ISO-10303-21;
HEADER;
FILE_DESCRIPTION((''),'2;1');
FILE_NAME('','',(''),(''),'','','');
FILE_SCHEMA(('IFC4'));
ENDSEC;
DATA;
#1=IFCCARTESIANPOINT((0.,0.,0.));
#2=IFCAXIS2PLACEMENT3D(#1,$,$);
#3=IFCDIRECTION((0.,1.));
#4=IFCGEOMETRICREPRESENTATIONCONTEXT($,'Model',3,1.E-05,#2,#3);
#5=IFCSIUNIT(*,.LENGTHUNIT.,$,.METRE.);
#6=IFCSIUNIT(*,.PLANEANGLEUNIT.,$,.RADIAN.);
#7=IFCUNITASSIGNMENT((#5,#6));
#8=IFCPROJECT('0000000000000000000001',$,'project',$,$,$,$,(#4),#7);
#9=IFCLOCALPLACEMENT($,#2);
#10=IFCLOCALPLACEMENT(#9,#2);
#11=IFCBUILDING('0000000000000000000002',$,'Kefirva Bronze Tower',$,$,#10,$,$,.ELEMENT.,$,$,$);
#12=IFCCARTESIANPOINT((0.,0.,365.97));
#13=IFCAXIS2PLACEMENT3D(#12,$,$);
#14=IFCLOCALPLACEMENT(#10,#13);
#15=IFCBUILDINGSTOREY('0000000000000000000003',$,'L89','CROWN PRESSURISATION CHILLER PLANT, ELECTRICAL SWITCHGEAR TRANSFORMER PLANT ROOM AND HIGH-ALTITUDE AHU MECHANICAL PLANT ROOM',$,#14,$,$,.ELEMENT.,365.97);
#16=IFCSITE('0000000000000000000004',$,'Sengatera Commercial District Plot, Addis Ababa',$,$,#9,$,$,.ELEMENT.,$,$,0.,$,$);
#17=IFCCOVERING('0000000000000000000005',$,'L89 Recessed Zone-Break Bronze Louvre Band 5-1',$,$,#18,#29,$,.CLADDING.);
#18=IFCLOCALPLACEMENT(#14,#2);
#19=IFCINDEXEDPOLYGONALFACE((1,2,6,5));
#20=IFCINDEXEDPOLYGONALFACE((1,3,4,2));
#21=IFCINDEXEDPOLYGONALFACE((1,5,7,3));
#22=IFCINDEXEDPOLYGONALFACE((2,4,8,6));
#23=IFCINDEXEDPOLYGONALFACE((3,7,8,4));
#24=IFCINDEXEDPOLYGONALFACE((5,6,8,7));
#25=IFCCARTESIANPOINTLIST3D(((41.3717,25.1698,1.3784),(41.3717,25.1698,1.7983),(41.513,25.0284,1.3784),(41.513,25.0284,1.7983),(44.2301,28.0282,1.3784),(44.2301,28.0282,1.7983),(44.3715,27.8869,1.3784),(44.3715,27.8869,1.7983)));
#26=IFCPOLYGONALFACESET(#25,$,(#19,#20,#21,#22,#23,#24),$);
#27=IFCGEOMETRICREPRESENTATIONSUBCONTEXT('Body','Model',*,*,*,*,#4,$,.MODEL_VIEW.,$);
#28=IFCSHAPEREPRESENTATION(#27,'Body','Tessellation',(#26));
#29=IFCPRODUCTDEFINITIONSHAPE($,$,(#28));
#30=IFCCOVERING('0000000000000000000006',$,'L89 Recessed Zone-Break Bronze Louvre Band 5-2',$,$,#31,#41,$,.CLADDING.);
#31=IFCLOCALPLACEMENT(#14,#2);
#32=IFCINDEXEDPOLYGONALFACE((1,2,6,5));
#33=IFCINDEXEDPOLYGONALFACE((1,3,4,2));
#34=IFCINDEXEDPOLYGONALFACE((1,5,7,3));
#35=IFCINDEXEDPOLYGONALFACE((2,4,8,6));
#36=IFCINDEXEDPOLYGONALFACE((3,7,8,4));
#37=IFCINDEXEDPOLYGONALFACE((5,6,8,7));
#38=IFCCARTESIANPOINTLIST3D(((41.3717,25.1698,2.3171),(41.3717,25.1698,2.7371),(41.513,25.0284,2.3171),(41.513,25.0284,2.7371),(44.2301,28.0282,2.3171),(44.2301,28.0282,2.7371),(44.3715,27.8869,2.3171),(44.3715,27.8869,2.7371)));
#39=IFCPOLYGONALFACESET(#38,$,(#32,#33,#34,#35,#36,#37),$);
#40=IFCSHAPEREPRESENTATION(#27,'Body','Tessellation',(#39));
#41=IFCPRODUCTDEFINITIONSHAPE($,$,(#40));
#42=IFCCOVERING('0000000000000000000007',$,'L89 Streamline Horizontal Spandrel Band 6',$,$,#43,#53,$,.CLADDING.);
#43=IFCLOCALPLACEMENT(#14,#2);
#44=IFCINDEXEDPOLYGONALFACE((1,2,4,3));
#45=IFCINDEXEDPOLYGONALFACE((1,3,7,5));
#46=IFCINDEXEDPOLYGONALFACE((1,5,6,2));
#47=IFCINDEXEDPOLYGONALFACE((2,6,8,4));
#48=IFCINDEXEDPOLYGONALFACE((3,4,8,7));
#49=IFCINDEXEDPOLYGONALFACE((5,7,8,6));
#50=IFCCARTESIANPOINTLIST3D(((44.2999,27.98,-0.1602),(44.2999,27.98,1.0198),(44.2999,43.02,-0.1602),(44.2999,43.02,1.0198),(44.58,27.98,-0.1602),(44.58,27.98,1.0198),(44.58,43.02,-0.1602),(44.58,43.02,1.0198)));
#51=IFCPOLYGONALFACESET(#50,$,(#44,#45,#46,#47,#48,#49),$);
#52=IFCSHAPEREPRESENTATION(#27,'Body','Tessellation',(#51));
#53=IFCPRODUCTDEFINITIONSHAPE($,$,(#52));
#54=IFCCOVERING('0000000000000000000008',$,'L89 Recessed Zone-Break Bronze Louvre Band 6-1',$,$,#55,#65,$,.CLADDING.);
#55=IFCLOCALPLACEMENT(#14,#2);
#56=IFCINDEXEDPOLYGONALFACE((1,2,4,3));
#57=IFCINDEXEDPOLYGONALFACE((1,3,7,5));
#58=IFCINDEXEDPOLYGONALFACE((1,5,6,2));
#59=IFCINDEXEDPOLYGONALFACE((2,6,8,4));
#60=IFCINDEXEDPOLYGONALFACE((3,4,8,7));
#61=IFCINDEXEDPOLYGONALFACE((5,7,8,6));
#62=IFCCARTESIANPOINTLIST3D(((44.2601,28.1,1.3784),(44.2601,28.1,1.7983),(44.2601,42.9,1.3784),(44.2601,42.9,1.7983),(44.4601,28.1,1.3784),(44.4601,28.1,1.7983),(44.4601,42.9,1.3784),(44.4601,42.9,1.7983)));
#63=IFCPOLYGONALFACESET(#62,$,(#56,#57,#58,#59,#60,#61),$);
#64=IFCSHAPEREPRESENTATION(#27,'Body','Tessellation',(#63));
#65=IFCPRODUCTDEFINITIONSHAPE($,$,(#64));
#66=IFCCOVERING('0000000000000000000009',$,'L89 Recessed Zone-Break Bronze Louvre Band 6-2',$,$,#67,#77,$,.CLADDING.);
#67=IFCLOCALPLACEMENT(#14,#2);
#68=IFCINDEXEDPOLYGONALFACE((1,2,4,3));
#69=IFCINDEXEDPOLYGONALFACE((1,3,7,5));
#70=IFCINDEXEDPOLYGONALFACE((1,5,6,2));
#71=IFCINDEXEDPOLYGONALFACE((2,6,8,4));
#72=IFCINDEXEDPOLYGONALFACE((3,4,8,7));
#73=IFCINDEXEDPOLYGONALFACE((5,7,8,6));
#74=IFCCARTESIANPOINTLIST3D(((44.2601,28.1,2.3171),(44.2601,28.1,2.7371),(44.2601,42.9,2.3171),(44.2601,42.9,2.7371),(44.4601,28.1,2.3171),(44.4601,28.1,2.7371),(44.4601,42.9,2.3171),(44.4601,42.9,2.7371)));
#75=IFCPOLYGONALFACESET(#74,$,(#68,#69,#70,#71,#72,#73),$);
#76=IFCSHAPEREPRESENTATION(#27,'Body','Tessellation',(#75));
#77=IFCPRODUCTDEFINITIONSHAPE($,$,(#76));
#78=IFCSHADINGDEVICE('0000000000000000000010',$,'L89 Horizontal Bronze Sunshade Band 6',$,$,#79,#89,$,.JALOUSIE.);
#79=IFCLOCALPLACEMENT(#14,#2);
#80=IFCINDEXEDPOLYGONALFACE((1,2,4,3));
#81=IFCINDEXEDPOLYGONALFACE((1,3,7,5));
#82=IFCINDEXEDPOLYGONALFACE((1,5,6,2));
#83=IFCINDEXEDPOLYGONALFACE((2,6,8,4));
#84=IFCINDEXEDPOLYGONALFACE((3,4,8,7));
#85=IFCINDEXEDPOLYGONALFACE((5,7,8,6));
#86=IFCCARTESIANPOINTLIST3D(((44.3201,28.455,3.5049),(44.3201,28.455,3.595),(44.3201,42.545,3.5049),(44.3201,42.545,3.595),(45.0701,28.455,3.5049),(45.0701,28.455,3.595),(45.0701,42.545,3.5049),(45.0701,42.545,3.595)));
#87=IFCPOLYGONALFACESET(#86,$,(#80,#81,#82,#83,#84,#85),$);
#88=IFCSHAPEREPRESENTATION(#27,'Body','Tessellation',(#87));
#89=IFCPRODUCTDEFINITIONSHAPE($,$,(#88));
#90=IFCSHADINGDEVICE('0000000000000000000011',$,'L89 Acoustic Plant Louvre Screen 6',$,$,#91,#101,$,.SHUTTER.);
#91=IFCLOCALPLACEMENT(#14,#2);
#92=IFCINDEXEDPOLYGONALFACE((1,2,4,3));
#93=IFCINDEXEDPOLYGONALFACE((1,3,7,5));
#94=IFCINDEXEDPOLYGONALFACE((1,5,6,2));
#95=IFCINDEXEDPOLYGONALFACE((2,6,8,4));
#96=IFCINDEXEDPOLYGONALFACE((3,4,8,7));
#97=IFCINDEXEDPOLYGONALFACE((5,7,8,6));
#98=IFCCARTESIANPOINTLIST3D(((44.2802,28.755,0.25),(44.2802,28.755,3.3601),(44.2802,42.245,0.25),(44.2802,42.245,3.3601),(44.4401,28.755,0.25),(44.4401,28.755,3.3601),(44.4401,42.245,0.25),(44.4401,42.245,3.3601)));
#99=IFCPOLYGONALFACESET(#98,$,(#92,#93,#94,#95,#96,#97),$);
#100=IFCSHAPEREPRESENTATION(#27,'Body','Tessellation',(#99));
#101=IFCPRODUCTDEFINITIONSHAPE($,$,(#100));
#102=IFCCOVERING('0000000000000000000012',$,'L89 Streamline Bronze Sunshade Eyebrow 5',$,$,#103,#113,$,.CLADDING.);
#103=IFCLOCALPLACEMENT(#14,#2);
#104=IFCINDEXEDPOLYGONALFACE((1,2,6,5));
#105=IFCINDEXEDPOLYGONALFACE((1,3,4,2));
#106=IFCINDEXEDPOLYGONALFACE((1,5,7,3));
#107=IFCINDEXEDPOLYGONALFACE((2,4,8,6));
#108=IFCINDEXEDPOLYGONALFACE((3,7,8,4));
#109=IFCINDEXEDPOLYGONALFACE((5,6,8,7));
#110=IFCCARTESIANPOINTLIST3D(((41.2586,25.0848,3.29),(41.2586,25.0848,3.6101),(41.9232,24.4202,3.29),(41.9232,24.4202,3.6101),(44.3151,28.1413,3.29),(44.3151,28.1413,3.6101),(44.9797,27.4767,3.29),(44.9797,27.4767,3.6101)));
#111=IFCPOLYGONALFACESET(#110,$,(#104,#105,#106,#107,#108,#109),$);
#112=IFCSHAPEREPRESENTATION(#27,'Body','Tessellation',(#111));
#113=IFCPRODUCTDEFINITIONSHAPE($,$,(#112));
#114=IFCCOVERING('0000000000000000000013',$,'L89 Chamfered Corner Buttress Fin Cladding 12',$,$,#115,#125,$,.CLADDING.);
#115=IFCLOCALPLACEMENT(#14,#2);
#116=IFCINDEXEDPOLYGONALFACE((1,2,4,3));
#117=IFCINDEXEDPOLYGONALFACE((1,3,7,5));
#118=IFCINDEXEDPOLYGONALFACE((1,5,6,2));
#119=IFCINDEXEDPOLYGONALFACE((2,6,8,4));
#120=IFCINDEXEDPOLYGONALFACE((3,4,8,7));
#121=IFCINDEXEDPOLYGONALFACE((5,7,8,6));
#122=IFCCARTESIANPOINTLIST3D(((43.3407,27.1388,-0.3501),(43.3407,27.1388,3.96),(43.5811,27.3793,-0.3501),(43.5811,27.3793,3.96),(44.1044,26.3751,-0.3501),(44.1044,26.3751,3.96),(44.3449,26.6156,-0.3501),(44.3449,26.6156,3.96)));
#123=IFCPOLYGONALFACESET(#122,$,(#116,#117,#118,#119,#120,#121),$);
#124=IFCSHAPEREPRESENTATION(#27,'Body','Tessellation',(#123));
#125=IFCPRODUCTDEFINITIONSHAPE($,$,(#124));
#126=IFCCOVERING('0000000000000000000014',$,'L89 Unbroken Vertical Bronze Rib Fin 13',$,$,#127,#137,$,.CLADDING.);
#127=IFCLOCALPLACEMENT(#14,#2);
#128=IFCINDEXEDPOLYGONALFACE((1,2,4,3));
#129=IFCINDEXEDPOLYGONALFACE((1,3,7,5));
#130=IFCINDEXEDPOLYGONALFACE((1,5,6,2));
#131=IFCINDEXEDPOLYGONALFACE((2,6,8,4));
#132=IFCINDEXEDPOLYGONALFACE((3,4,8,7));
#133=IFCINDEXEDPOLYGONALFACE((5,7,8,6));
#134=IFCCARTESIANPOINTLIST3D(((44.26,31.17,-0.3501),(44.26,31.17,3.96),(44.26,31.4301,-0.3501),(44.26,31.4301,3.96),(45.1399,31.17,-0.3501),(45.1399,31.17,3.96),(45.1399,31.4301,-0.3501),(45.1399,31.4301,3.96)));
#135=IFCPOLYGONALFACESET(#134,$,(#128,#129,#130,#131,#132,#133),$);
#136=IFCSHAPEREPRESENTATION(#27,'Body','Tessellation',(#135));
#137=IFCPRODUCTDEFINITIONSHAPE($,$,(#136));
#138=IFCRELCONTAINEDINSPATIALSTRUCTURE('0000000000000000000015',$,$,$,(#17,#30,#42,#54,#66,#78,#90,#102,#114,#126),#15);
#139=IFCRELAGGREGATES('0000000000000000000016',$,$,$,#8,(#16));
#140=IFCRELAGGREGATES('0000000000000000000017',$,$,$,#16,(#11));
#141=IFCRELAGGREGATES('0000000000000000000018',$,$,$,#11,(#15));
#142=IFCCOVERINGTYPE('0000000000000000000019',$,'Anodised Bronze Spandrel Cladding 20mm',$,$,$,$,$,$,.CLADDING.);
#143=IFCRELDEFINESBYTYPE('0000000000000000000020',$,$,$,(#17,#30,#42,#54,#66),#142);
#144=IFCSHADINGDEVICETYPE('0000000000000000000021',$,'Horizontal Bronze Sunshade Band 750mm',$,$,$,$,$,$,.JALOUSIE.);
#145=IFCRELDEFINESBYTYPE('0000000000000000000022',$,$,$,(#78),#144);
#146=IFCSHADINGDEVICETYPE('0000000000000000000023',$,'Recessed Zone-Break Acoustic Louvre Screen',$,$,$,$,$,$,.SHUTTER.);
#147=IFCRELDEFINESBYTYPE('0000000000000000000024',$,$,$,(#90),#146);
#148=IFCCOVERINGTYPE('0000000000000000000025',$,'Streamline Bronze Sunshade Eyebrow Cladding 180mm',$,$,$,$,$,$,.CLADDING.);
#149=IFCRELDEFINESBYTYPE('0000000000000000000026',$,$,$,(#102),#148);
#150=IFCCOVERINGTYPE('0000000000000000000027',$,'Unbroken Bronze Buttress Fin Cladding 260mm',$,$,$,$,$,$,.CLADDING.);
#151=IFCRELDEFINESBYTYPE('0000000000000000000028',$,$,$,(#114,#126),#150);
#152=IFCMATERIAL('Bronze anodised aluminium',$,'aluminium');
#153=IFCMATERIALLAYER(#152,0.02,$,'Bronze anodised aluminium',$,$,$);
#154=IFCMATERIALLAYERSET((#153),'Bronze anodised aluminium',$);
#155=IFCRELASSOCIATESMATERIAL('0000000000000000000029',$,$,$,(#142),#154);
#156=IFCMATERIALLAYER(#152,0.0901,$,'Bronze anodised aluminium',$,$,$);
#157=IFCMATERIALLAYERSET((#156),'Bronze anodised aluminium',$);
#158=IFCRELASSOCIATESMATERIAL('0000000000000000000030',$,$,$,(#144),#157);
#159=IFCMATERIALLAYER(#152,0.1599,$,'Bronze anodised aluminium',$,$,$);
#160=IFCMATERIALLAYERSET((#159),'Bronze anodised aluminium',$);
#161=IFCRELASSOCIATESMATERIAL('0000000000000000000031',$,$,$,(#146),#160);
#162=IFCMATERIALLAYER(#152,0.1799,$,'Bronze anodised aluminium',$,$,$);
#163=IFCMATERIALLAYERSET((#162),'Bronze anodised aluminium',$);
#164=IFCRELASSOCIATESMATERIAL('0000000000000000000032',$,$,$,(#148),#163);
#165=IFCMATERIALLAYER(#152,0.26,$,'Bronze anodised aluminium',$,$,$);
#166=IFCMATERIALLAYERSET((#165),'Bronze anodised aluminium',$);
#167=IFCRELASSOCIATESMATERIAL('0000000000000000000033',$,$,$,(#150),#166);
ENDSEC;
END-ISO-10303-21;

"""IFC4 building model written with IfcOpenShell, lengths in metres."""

from ifc_helpers import new_model, si_unit, direction, frame, origin, origin_2d, place, context, subcontext, project, spatial, rectangle, extrude, material, layer, layer_set, type_object, element, save


model = new_model("IFC4")

# Units and contexts
model_context = context("Model", 3, precision=1e-05, world=origin(), true_north=direction((0.0, 1.0)))
body_context = subcontext(model_context, "Body", "Model", "MODEL_VIEW")
ifc_project = project(units=[si_unit("LENGTHUNIT", "METRE"), si_unit("PLANEANGLEUNIT", "RADIAN")], contexts=[model_context])

# Site, building, storey
site_placement = place(None, origin())
site = spatial("IfcSite", under=ifc_project, at=site_placement, Name="Sengatera Commercial District Plot, Addis Ababa", CompositionType="ELEMENT", RefElevation=0.0)
building_placement = place(site_placement, origin())
building = spatial("IfcBuilding", under=site, at=building_placement, Name="Kefirva Bronze Tower", CompositionType="ELEMENT")
storey_placement = place(building_placement, frame((0.0, 0.0, 365.97)))
storey = spatial("IfcBuildingStorey", under=building, at=storey_placement, Name="L89", Description="CROWN PRESSURISATION CHILLER PLANT, ELECTRICAL SWITCHGEAR TRANSFORMER PLANT ROOM AND HIGH-ALTITUDE AHU MECHANICAL PLANT ROOM", CompositionType="ELEMENT", Elevation=365.97)

# Shared definitions
ifc_material_1 = material(Name="Bronze anodised aluminium", Category="aluminium")

# Coverings
ifc_layer_1 = layer(ifc_material_1, 0.02, Name="Bronze anodised aluminium")
ifc_layer_set_1 = layer_set([ifc_layer_1], Name="Bronze anodised aluminium")
covering_type_1 = type_object("IfcCoveringType", Name="Anodised Bronze Spandrel Cladding 20mm", PredefinedType="CLADDING", material=ifc_layer_set_1)
for number, where, z_axis, x_axis, name in (
    (1, (42.8716, 26.5283, 1.3784), (0.0, 0.0, 1.0), (0.707107, 0.707107, 0.0), "L89 Recessed Zone-Break Bronze Louvre Band 5-1"),
    (2, (42.8716, 26.5283, 2.3171), (0.0, 0.0, 1.0), (0.707107, 0.707107, 0.0), "L89 Recessed Zone-Break Bronze Louvre Band 5-2"),
):
    element("IfcCovering", number, at=place(storey_placement, frame(where, z_axis=z_axis, x_axis=x_axis)), inside=storey, type_object=covering_type_1, Name=name, PredefinedType="CLADDING", context=body_context, shape_type="SweptSolid", body=[
        extrude(rectangle(XDim=4.0425, YDim=0.2, at=origin_2d()), origin(), (0.0, 0.0, 1.0), 0.4199),
    ])
covering_1_placement = place(storey_placement, frame((44.4399, 35.5, -0.1602), z_axis=(0.0, 0.0, 1.0), x_axis=(0.0, 1.0, 0.0)))
element("IfcCovering", 3, at=covering_1_placement, inside=storey, type_object=covering_type_1, Name="L89 Streamline Horizontal Spandrel Band 6", PredefinedType="CLADDING", context=body_context, shape_type="SweptSolid", body=[
    extrude(rectangle(XDim=15.04, YDim=0.28, at=origin_2d()), origin(), (0.0, 0.0, 1.0), 1.1799),
])
for number, where, z_axis, x_axis, name in (
    (4, (44.3601, 35.5, 1.3784), (0.0, 0.0, 1.0), (0.0, 1.0, 0.0), "L89 Recessed Zone-Break Bronze Louvre Band 6-1"),
    (5, (44.3601, 35.5, 2.3171), (0.0, 0.0, 1.0), (0.0, 1.0, 0.0), "L89 Recessed Zone-Break Bronze Louvre Band 6-2"),
):
    element("IfcCovering", number, at=place(storey_placement, frame(where, z_axis=z_axis, x_axis=x_axis)), inside=storey, type_object=covering_type_1, Name=name, PredefinedType="CLADDING", context=body_context, shape_type="SweptSolid", body=[
        extrude(rectangle(XDim=14.8, YDim=0.2, at=origin_2d()), origin(), (0.0, 0.0, 1.0), 0.4199),
    ])

# Shading devices
ifc_layer_2 = layer(ifc_material_1, 0.0901, Name="Bronze anodised aluminium")
ifc_layer_set_2 = layer_set([ifc_layer_2], Name="Bronze anodised aluminium")
shading_device_type_1 = type_object("IfcShadingDeviceType", Name="Horizontal Bronze Sunshade Band 750mm", PredefinedType="JALOUSIE", material=ifc_layer_set_2)
shading_device_1_placement = place(storey_placement, frame((44.6951, 35.5, 3.5049), z_axis=(0.0, 0.0, 1.0), x_axis=(0.0, 1.0, 0.0)))
element("IfcShadingDevice", 6, at=shading_device_1_placement, inside=storey, type_object=shading_device_type_1, Name="L89 Horizontal Bronze Sunshade Band 6", PredefinedType="JALOUSIE", context=body_context, shape_type="SweptSolid", body=[
    extrude(rectangle(XDim=14.0901, YDim=0.75, at=origin_2d()), origin(), (0.0, 0.0, 1.0), 0.0901),
])
ifc_layer_3 = layer(ifc_material_1, 0.1599, Name="Bronze anodised aluminium")
ifc_layer_set_3 = layer_set([ifc_layer_3], Name="Bronze anodised aluminium")
shading_device_type_2 = type_object("IfcShadingDeviceType", Name="Recessed Zone-Break Acoustic Louvre Screen", PredefinedType="SHUTTER", material=ifc_layer_set_3)
shading_device_2_placement = place(storey_placement, frame((44.3601, 35.5, 0.25), z_axis=(0.0, 0.0, 1.0), x_axis=(0.0, 1.0, 0.0)))
element("IfcShadingDevice", 7, at=shading_device_2_placement, inside=storey, type_object=shading_device_type_2, Name="L89 Acoustic Plant Louvre Screen 6", PredefinedType="SHUTTER", context=body_context, shape_type="SweptSolid", body=[
    extrude(rectangle(XDim=13.49, YDim=0.1599, at=origin_2d()), origin(), (0.0, 0.0, 1.0), 3.1101),
])

# Coverings
ifc_layer_4 = layer(ifc_material_1, 0.1799, Name="Bronze anodised aluminium")
ifc_layer_set_4 = layer_set([ifc_layer_4], Name="Bronze anodised aluminium")
covering_type_2 = type_object("IfcCoveringType", Name="Streamline Bronze Sunshade Eyebrow Cladding 180mm", PredefinedType="CLADDING", material=ifc_layer_set_4)
covering_2_placement = place(storey_placement, frame((43.1191, 26.2808, 3.29), z_axis=(0.0, 0.0, 1.0), x_axis=(0.707107, 0.707107, 0.0)))
element("IfcCovering", 8, at=covering_2_placement, inside=storey, type_object=covering_type_2, Name="L89 Streamline Bronze Sunshade Eyebrow 5", PredefinedType="CLADDING", context=body_context, shape_type="SweptSolid", body=[
    extrude(rectangle(XDim=4.3225, YDim=0.9399, at=origin_2d()), origin(), (0.0, 0.0, 1.0), 0.3201),
])
ifc_layer_5 = layer(ifc_material_1, 0.26, Name="Bronze anodised aluminium")
ifc_layer_set_5 = layer_set([ifc_layer_5], Name="Bronze anodised aluminium")
covering_type_3 = type_object("IfcCoveringType", Name="Unbroken Bronze Buttress Fin Cladding 260mm", PredefinedType="CLADDING", material=ifc_layer_set_5)
covering_3_placement = place(storey_placement, frame((43.8428, 26.8772, -0.3501), z_axis=(0.0, 0.0, 1.0), x_axis=(0.707107, 0.707107, 0.0)))
element("IfcCovering", 9, at=covering_3_placement, inside=storey, type_object=covering_type_3, Name="L89 Chamfered Corner Buttress Fin Cladding 12", PredefinedType="CLADDING", context=body_context, shape_type="SweptSolid", body=[
    extrude(rectangle(XDim=0.3401, YDim=1.0801, at=origin_2d()), origin(), (0.0, 0.0, 1.0), 4.3101),
])
covering_4_placement = place(storey_placement, frame((44.7, 31.3, -0.3501), z_axis=(0.0, 0.0, 1.0), x_axis=(0.0, 1.0, 0.0)))
element("IfcCovering", 10, at=covering_4_placement, inside=storey, type_object=covering_type_3, Name="L89 Unbroken Vertical Bronze Rib Fin 13", PredefinedType="CLADDING", context=body_context, shape_type="SweptSolid", body=[
    extrude(rectangle(XDim=0.26, YDim=0.8799, at=origin_2d()), origin(), (0.0, 0.0, 1.0), 4.3101),
])

save(model, "model.ifc")
